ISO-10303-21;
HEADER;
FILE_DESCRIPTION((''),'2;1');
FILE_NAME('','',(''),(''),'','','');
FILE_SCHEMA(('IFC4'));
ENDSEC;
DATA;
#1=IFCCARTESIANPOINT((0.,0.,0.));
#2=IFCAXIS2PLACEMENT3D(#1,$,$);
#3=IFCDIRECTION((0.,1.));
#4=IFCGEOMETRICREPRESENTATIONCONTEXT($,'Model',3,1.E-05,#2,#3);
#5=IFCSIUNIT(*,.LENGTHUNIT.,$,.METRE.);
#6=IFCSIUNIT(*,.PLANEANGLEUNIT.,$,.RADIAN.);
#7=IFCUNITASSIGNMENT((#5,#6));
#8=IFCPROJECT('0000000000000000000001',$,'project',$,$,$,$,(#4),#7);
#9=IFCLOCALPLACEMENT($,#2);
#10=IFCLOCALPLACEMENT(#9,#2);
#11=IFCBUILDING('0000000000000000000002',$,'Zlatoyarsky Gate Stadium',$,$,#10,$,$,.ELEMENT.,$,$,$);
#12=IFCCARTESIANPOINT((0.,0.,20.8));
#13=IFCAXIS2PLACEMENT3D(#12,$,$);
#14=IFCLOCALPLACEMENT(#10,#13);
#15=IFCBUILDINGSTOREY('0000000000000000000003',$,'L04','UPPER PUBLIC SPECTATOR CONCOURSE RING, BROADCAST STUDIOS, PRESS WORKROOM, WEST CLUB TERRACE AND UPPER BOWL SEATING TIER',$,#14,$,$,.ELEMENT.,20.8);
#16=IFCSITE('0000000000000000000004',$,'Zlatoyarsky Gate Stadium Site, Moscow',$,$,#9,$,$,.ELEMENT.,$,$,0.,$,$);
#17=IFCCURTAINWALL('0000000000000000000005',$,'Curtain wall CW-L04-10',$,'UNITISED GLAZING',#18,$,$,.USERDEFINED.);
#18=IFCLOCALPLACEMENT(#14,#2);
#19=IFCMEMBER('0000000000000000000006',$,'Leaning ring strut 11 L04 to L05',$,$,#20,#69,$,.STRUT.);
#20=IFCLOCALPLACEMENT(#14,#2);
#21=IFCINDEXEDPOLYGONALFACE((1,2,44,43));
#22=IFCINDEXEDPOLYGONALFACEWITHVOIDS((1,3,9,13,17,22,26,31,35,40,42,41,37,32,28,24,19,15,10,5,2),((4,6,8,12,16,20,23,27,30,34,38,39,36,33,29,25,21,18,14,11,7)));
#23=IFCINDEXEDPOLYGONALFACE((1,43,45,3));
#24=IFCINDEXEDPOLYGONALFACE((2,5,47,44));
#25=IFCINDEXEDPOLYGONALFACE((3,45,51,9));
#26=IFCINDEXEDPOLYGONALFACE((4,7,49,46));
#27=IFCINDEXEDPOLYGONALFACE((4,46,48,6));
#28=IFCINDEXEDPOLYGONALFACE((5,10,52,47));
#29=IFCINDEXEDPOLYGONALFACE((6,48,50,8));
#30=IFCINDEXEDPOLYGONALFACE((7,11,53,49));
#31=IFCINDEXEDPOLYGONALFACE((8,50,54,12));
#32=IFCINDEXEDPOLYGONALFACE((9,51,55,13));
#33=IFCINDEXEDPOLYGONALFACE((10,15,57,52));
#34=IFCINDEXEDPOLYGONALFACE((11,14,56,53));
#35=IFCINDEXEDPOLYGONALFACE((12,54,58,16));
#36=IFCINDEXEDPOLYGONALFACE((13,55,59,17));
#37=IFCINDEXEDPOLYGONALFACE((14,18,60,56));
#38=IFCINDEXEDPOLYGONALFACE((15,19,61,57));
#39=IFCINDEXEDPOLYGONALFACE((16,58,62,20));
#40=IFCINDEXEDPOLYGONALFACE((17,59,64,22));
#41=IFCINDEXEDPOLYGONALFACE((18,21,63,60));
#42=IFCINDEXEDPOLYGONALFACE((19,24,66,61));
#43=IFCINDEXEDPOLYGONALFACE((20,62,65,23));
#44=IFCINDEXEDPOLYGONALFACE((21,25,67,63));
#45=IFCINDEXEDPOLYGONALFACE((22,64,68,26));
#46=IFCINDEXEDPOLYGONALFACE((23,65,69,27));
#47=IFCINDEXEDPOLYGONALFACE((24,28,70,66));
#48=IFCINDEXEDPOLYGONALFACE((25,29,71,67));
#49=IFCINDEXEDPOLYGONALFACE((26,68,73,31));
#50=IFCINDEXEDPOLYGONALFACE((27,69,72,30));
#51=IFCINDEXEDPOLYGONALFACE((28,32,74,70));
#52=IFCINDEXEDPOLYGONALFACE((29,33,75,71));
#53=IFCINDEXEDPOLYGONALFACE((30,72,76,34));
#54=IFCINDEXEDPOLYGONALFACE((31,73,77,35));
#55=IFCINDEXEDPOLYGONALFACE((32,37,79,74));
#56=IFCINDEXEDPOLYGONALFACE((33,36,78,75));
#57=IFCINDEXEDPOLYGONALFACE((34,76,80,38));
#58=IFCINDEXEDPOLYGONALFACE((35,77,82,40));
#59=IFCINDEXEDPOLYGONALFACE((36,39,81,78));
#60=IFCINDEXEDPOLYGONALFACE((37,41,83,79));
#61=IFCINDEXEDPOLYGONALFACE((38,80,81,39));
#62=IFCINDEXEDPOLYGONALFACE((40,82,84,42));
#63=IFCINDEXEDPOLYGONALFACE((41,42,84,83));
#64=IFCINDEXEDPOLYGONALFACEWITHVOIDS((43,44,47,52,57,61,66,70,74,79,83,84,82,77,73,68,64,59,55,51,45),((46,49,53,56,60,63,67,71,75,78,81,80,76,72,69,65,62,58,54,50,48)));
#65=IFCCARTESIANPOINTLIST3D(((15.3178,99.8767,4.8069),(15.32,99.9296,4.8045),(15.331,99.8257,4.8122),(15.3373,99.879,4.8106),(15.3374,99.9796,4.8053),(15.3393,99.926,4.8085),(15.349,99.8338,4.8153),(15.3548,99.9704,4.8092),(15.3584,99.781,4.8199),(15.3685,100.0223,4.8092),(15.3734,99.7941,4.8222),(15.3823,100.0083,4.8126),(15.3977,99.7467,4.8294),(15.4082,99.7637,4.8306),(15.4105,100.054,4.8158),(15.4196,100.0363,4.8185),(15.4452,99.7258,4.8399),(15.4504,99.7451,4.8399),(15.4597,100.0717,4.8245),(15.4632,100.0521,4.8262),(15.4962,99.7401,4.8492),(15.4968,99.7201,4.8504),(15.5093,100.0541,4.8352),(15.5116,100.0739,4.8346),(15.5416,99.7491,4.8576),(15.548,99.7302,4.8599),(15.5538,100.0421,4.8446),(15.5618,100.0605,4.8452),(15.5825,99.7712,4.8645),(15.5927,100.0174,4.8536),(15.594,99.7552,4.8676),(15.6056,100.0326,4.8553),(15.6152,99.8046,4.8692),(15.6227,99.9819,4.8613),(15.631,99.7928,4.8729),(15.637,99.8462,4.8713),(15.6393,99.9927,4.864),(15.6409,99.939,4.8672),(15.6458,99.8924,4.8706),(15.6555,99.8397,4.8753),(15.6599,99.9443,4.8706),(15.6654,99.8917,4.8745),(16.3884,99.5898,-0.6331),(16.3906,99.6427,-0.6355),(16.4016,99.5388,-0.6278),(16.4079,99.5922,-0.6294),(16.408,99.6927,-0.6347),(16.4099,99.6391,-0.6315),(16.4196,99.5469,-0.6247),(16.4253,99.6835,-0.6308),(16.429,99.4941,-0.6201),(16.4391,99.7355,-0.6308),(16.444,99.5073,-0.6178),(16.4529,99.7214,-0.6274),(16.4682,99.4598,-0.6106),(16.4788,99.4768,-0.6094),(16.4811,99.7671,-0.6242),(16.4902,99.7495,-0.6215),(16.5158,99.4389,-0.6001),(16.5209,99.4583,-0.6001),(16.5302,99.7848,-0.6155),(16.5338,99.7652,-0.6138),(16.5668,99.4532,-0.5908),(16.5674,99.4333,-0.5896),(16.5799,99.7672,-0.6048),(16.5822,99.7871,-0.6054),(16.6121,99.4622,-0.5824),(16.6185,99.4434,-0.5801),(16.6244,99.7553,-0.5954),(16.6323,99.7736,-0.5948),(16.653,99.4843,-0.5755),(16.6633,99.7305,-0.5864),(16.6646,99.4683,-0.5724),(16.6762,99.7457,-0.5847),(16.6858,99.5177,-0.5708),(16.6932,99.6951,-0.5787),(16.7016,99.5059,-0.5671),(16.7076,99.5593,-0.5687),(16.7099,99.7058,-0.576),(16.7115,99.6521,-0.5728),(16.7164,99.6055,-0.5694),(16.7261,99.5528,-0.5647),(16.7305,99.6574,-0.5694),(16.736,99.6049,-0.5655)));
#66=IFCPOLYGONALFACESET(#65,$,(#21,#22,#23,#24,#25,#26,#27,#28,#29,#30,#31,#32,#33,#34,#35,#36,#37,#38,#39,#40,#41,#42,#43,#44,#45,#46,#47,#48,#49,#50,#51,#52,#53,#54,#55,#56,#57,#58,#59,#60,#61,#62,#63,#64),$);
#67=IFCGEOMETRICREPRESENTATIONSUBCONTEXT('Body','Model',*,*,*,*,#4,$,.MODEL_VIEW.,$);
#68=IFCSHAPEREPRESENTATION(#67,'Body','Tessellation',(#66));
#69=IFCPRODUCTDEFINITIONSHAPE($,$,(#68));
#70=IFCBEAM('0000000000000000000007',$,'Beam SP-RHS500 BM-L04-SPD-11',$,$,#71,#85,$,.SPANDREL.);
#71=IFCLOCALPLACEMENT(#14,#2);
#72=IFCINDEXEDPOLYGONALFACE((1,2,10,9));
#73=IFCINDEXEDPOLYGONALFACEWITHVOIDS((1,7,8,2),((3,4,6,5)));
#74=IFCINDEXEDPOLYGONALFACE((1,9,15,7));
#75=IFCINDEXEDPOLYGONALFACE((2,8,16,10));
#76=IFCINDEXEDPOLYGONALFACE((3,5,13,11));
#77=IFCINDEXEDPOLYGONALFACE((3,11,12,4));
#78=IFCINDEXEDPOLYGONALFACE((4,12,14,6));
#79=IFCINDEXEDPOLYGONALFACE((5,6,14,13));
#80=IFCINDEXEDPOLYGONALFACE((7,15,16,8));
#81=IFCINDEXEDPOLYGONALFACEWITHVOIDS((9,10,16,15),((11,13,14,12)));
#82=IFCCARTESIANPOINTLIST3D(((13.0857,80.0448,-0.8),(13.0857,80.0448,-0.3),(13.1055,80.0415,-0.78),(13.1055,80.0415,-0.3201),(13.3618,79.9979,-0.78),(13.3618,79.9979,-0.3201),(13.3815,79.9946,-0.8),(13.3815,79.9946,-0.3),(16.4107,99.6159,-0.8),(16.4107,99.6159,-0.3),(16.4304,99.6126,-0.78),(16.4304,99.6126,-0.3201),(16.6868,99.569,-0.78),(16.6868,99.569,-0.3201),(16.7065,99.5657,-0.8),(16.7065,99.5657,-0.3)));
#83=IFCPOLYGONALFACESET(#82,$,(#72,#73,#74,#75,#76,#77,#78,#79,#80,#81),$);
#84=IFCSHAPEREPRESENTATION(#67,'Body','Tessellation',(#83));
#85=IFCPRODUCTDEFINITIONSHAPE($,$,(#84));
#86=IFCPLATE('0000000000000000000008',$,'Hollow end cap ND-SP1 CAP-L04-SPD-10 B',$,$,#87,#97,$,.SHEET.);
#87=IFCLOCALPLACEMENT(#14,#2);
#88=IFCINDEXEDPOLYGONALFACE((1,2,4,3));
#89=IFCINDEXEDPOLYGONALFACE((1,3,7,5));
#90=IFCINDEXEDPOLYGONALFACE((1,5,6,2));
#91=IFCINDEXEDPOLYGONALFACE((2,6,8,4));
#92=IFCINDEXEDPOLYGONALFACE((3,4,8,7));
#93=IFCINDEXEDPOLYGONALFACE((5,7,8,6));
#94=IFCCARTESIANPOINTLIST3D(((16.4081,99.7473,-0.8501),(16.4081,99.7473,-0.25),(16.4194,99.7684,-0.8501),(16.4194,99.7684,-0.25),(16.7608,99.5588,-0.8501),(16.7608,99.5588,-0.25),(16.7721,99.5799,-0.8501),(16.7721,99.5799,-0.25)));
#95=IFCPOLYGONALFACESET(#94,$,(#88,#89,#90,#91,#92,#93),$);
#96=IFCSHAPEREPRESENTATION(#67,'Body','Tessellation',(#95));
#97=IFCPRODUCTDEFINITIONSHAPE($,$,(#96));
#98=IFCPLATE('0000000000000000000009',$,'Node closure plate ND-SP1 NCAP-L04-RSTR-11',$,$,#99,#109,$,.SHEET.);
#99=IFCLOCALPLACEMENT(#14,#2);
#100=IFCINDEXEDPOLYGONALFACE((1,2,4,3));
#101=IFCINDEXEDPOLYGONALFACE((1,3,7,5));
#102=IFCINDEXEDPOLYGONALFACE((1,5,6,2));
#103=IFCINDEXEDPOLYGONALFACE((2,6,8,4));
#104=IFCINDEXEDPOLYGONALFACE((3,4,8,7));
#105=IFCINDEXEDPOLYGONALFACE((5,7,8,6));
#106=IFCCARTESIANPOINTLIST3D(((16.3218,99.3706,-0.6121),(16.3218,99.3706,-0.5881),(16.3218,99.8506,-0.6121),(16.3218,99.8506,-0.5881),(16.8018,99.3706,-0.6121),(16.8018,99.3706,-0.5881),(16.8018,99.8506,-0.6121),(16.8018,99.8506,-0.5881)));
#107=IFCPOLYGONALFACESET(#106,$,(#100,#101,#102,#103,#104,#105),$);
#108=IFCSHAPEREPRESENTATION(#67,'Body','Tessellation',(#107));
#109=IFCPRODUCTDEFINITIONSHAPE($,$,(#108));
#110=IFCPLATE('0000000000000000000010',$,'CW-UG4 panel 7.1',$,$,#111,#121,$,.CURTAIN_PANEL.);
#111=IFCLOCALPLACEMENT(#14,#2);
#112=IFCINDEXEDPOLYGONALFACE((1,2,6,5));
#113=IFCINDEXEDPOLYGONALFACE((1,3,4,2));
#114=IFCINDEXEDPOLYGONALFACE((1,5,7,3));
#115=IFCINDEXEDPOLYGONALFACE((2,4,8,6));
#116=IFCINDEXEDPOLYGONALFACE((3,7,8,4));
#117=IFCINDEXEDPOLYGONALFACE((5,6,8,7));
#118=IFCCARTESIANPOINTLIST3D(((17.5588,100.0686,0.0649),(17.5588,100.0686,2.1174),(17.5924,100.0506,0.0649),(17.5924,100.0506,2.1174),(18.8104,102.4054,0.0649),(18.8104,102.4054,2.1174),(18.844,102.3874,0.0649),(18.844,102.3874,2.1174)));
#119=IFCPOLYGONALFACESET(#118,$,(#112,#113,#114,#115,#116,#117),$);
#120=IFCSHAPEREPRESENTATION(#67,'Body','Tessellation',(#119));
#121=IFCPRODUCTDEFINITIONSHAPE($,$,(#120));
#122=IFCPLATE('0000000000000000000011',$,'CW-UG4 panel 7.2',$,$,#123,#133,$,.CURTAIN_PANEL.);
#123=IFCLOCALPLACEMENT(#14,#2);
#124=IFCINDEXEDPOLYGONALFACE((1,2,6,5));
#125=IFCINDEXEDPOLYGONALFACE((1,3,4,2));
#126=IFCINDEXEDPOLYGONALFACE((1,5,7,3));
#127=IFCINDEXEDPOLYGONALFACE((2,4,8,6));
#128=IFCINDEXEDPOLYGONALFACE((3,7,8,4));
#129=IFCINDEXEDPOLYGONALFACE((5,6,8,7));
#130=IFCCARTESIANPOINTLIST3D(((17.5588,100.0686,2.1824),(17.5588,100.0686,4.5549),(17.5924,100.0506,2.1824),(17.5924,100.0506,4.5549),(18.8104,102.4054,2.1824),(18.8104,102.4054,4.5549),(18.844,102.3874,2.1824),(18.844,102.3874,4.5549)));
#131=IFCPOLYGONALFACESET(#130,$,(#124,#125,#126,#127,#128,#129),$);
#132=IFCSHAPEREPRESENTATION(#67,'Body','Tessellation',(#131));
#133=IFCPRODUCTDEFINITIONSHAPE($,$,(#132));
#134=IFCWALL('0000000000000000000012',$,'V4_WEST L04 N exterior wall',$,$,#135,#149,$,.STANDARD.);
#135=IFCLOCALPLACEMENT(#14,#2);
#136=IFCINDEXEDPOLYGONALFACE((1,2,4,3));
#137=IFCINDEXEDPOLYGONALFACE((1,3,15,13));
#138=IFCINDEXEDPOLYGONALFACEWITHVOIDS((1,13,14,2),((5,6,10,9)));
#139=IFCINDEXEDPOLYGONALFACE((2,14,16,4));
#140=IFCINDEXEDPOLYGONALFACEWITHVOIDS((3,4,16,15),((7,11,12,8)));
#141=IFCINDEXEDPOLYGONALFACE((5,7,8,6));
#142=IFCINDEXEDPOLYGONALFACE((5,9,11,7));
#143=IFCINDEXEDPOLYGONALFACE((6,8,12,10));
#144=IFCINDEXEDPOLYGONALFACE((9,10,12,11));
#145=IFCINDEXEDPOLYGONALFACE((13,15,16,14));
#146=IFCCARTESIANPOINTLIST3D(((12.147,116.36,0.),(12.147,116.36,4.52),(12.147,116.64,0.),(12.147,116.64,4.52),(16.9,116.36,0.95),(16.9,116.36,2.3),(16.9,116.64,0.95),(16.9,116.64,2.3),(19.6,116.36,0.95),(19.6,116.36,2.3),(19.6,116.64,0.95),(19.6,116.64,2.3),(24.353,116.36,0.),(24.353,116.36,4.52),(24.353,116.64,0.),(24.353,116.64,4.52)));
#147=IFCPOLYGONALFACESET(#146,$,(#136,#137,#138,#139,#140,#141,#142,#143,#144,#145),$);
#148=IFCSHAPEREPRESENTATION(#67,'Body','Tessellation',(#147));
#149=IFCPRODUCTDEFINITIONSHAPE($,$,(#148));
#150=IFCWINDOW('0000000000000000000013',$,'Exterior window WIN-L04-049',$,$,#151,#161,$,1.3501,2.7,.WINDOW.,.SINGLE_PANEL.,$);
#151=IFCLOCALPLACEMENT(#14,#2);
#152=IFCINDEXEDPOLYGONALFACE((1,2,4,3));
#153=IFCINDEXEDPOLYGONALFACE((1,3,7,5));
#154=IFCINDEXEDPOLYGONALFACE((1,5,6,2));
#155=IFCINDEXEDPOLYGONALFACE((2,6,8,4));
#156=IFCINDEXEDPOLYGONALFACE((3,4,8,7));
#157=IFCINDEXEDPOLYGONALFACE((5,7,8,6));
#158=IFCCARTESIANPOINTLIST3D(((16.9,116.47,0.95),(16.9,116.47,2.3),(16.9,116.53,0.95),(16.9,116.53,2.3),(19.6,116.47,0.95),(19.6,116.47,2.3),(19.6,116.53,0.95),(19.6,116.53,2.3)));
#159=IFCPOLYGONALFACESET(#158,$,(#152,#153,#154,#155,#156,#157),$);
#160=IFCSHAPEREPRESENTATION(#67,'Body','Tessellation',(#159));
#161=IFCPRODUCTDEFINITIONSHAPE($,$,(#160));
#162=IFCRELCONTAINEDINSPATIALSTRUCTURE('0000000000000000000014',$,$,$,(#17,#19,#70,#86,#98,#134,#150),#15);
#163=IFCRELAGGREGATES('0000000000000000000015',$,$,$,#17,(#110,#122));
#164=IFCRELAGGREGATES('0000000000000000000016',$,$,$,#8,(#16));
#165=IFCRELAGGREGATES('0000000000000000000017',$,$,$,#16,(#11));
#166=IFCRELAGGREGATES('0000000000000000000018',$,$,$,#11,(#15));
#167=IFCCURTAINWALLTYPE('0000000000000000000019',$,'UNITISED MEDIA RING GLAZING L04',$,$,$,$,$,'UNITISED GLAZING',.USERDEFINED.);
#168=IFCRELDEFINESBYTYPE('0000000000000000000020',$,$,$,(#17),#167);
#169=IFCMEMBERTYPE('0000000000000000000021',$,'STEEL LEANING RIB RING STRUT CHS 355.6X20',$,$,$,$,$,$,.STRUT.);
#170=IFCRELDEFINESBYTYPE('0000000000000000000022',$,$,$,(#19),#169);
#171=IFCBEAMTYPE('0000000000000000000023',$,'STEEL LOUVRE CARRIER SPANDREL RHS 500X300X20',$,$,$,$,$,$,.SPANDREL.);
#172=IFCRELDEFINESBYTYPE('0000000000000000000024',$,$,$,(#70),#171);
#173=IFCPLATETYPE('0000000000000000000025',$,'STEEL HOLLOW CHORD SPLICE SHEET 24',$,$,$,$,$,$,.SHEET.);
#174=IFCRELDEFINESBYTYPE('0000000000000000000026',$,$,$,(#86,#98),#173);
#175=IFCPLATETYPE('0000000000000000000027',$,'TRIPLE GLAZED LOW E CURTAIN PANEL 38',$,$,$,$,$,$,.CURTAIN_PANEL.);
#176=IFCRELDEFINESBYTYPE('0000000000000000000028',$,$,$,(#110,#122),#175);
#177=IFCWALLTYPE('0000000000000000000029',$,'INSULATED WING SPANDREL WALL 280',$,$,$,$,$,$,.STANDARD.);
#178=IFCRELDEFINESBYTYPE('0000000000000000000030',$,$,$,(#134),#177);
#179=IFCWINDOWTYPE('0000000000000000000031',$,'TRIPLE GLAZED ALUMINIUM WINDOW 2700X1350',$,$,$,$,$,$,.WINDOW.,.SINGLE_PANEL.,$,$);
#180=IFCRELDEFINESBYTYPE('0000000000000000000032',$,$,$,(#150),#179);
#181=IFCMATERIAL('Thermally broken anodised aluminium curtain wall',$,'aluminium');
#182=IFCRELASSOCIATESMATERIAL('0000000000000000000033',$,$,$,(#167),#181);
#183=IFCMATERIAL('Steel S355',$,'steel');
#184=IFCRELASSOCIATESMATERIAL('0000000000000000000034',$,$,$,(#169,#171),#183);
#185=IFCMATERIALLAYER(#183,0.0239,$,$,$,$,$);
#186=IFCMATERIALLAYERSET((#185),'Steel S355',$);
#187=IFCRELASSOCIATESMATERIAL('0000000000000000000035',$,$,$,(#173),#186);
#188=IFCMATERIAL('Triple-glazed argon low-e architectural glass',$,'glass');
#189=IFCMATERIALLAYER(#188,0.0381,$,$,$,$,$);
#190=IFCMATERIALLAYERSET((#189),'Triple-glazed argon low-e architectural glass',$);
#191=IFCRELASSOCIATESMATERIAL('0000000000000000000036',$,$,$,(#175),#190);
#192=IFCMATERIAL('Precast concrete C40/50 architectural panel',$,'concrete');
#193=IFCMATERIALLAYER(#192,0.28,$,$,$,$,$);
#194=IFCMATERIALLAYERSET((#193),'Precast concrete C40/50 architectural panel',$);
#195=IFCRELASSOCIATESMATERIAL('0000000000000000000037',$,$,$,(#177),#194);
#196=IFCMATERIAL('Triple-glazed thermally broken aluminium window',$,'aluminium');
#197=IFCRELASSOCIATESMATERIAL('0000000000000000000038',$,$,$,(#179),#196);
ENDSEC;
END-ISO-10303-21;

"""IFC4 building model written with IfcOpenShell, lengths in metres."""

from ifc_helpers import new_model, si_unit, direction, frame, frame_2d, origin, origin_2d, place, context, subcontext, project, spatial, rectangle, hollow_rectangle, hollow_circle, extrude, material, layer, layer_set, material_profile, profile_set, type_object, element, fill, aggregate, save


model = new_model("IFC4")

# Units and contexts
model_context = context("Model", 3, precision=1e-05, world=origin(), true_north=direction((0.0, 1.0)))
body_context = subcontext(model_context, "Body", "Model", "MODEL_VIEW")
ifc_project = project(units=[si_unit("LENGTHUNIT", "METRE"), si_unit("PLANEANGLEUNIT", "RADIAN")], contexts=[model_context])

# Site, building, storey
site_placement = place(None, origin())
site = spatial("IfcSite", under=ifc_project, at=site_placement, Name="Zlatoyarsky Gate Stadium Site, Moscow", CompositionType="ELEMENT", RefElevation=0.0)
building_placement = place(site_placement, origin())
building = spatial("IfcBuilding", under=site, at=building_placement, Name="Zlatoyarsky Gate Stadium", CompositionType="ELEMENT")
storey_placement = place(building_placement, frame((0.0, 0.0, 20.8)))
storey = spatial("IfcBuildingStorey", under=building, at=storey_placement, Name="L04", Description="UPPER PUBLIC SPECTATOR CONCOURSE RING, BROADCAST STUDIOS, PRESS WORKROOM, WEST CLUB TERRACE AND UPPER BOWL SEATING TIER", CompositionType="ELEMENT", Elevation=20.8)

# Shared definitions
ifc_material_1 = material(Name="Steel S355", Category="steel")

# Curtain wall
ifc_material_2 = material(Name="Thermally broken anodised aluminium curtain wall", Category="aluminium")
curtain_wall_type = type_object("IfcCurtainWallType", Name="UNITISED MEDIA RING GLAZING L04", ElementType="UNITISED GLAZING", PredefinedType="USERDEFINED", material=ifc_material_2)
curtain_wall_placement = place(storey_placement, origin())
curtain_wall = element("IfcCurtainWall", 1, at=curtain_wall_placement, inside=storey, type_object=curtain_wall_type, Name="Curtain wall CW-L04-10", ObjectType="UNITISED GLAZING", PredefinedType="USERDEFINED")

# Member
ifc_material_profile_1 = material_profile(ifc_material_1, hollow_circle(Radius=0.1777, WallThickness=0.02, at=origin_2d()), Name="CHS 355.6X20")
ifc_profile_set_1 = profile_set([ifc_material_profile_1], Name="Steel S355")
member_type_1 = type_object("IfcMemberType", Name="STEEL LEANING RIB RING STRUT CHS 355.6X20", PredefinedType="STRUT", material=ifc_profile_set_1)
member_1_placement = place(storey_placement, frame((16.5618, 99.6106, -0.6001), z_axis=(-0.192834, 0.051672, 0.97987), x_axis=(-0.258828, -0.965923, 0.0)))
element("IfcMember", 2, at=member_1_placement, inside=storey, type_object=member_type_1, Name="Leaning ring strut 11 L04 to L05", PredefinedType="STRUT", context=body_context, shape_type="SweptSolid", body=[
    extrude(hollow_circle(Radius=0.1777, WallThickness=0.02, at=origin_2d()), origin(), (0.0, 0.0, 1.0), 5.5518),
])

# Beam
ifc_material_profile_2 = material_profile(ifc_material_1, hollow_rectangle(XDim=0.3, YDim=0.5, WallThickness=0.02, at=origin_2d()), Name="RHS 500X300X20")
ifc_profile_set_2 = profile_set([ifc_material_profile_2], Name="Steel S355")
beam_type_1 = type_object("IfcBeamType", Name="STEEL LOUVRE CARRIER SPANDREL RHS 500X300X20", PredefinedType="SPANDREL", material=ifc_profile_set_2)
beam_1_placement = place(storey_placement, frame((16.5586, 99.5908, -0.55), z_axis=(-0.167491, -0.985874, 0.0), x_axis=(0.985874, -0.167491, 0.0)))
element("IfcBeam", 3, at=beam_1_placement, inside=storey, type_object=beam_type_1, Name="Beam SP-RHS500 BM-L04-SPD-11", PredefinedType="SPANDREL", context=body_context, shape_type="SweptSolid", body=[
    extrude(hollow_rectangle(XDim=0.3, YDim=0.5, WallThickness=0.02, at=origin_2d()), origin(), (0.0, 0.0, 1.0), 19.8516),
])

# Plates
ifc_layer_1 = layer(ifc_material_1, 0.0239)
ifc_layer_set_1 = layer_set([ifc_layer_1], Name="Steel S355")
plate_type_1 = type_object("IfcPlateType", Name="STEEL HOLLOW CHORD SPLICE SHEET 24", PredefinedType="SHEET", material=ifc_layer_set_1)
plate_1_placement = place(storey_placement, frame((16.5901, 99.6636, -0.8501), z_axis=(0.0, 0.0, 1.0), x_axis=(-0.471376, -0.881933, 0.0)))
element("IfcPlate", 4, at=plate_1_placement, inside=storey, type_object=plate_type_1, Name="Hollow end cap ND-SP1 CAP-L04-SPD-10 B", PredefinedType="SHEET", context=body_context, shape_type="SweptSolid", body=[
    extrude(rectangle(XDim=0.0239, YDim=0.3999, at=origin_2d()), origin(), (0.0, 0.0, 1.0), 0.6001),
])
plate_2_placement = place(storey_placement, frame((16.5618, 99.6106, -0.6121), z_axis=(0.0, 0.0, 1.0), x_axis=(1.0, 0.0, 0.0)))
element("IfcPlate", 5, at=plate_2_placement, inside=storey, type_object=plate_type_1, Name="Node closure plate ND-SP1 NCAP-L04-RSTR-11", PredefinedType="SHEET", context=body_context, shape_type="SweptSolid", body=[
    extrude(rectangle(XDim=0.48, YDim=0.48, at=origin_2d()), origin(), (0.0, 0.0, 1.0), 0.0239),
])

# Plates
ifc_material_3 = material(Name="Triple-glazed argon low-e architectural glass", Category="glass")
ifc_layer_2 = layer(ifc_material_3, 0.0381)
ifc_layer_set_2 = layer_set([ifc_layer_2], Name="Triple-glazed argon low-e architectural glass")
plate_type_2 = type_object("IfcPlateType", Name="TRIPLE GLAZED LOW E CURTAIN PANEL 38", PredefinedType="CURTAIN_PANEL", material=ifc_layer_set_2)
plate_3_placement = place(storey_placement, frame((18.2014, 101.228, 0.0649), z_axis=(0.0, 0.0, 1.0), x_axis=(-0.472145, -0.881521, 0.0)))
plate_3 = element("IfcPlate", 6, at=plate_3_placement, type_object=plate_type_2, Name="CW-UG4 panel 7.1", PredefinedType="CURTAIN_PANEL", context=body_context, shape_type="SweptSolid", body=[
    extrude(rectangle(XDim=2.6509, YDim=0.0381, at=origin_2d()), origin(), (0.0, 0.0, 1.0), 2.0525),
])
plate_4_placement = place(storey_placement, frame((18.2014, 101.228, 2.1824), z_axis=(0.0, 0.0, 1.0), x_axis=(-0.472145, -0.881521, 0.0)))
plate_4 = element("IfcPlate", 7, at=plate_4_placement, type_object=plate_type_2, Name="CW-UG4 panel 7.2", PredefinedType="CURTAIN_PANEL", context=body_context, shape_type="SweptSolid", body=[
    extrude(rectangle(XDim=2.6509, YDim=0.0381, at=origin_2d()), origin(), (0.0, 0.0, 1.0), 2.3726),
])
aggregate(curtain_wall, [plate_3, plate_4])

# Wall, opening, window
ifc_material_4 = material(Name="Precast concrete C40/50 architectural panel", Category="concrete")
ifc_layer_3 = layer(ifc_material_4, 0.28)
ifc_layer_set_3 = layer_set([ifc_layer_3], Name="Precast concrete C40/50 architectural panel")
wall_type_1 = type_object("IfcWallType", Name="INSULATED WING SPANDREL WALL 280", PredefinedType="STANDARD", material=ifc_layer_set_3)
wall_1_placement = place(storey_placement, frame((12.147, 116.5, 0.0), z_axis=(0.0, 0.0, 1.0), x_axis=(1.0, 0.0, 0.0)))
wall_1 = element("IfcWall", 8, at=wall_1_placement, inside=storey, type_object=wall_type_1, Name="V4_WEST L04 N exterior wall", PredefinedType="STANDARD", context=body_context, shape_type="SweptSolid", body=[
    extrude(rectangle(XDim=12.2061, YDim=0.28, at=frame_2d((6.103, 0.0))), origin(), (0.0, 0.0, 1.0), 4.52),
])
opening_1_placement = place(wall_1_placement, frame((4.7529, 0.0, 0.95)))
opening_1 = element("IfcOpeningElement", 9, at=opening_1_placement, cuts=wall_1, PredefinedType="OPENING", context=body_context, shape_type="SweptSolid", body=[
    extrude(rectangle(XDim=2.7, YDim=1.3501, at=frame_2d((1.3501, 0.675))), frame((0.0, 0.1499, 0.0), z_axis=(0.0, -1.0, 0.0), x_axis=(1.0, 0.0, 0.0)), (0.0, 0.0, 1.0), 0.3),
])
ifc_material_5 = material(Name="Triple-glazed thermally broken aluminium window", Category="aluminium")
window_type_1 = type_object("IfcWindowType", Name="TRIPLE GLAZED ALUMINIUM WINDOW 2700X1350", PartitioningType="SINGLE_PANEL", PredefinedType="WINDOW", material=ifc_material_5)
window_1_placement = place(opening_1_placement, origin())
window_1 = element("IfcWindow", 10, at=window_1_placement, inside=storey, type_object=window_type_1, Name="Exterior window WIN-L04-049", OverallHeight=1.3501, OverallWidth=2.7, PartitioningType="SINGLE_PANEL", PredefinedType="WINDOW", context=body_context, shape_type="SweptSolid", body=[
    extrude(rectangle(XDim=2.7, YDim=1.3501, at=frame_2d((1.3501, 0.675))), frame((0.0, 0.03, 0.0), z_axis=(0.0, -1.0, 0.0), x_axis=(1.0, 0.0, 0.0)), (0.0, 0.0, 1.0), 0.0601),
])
fill(opening_1, window_1)

save(model, "model.ifc")
